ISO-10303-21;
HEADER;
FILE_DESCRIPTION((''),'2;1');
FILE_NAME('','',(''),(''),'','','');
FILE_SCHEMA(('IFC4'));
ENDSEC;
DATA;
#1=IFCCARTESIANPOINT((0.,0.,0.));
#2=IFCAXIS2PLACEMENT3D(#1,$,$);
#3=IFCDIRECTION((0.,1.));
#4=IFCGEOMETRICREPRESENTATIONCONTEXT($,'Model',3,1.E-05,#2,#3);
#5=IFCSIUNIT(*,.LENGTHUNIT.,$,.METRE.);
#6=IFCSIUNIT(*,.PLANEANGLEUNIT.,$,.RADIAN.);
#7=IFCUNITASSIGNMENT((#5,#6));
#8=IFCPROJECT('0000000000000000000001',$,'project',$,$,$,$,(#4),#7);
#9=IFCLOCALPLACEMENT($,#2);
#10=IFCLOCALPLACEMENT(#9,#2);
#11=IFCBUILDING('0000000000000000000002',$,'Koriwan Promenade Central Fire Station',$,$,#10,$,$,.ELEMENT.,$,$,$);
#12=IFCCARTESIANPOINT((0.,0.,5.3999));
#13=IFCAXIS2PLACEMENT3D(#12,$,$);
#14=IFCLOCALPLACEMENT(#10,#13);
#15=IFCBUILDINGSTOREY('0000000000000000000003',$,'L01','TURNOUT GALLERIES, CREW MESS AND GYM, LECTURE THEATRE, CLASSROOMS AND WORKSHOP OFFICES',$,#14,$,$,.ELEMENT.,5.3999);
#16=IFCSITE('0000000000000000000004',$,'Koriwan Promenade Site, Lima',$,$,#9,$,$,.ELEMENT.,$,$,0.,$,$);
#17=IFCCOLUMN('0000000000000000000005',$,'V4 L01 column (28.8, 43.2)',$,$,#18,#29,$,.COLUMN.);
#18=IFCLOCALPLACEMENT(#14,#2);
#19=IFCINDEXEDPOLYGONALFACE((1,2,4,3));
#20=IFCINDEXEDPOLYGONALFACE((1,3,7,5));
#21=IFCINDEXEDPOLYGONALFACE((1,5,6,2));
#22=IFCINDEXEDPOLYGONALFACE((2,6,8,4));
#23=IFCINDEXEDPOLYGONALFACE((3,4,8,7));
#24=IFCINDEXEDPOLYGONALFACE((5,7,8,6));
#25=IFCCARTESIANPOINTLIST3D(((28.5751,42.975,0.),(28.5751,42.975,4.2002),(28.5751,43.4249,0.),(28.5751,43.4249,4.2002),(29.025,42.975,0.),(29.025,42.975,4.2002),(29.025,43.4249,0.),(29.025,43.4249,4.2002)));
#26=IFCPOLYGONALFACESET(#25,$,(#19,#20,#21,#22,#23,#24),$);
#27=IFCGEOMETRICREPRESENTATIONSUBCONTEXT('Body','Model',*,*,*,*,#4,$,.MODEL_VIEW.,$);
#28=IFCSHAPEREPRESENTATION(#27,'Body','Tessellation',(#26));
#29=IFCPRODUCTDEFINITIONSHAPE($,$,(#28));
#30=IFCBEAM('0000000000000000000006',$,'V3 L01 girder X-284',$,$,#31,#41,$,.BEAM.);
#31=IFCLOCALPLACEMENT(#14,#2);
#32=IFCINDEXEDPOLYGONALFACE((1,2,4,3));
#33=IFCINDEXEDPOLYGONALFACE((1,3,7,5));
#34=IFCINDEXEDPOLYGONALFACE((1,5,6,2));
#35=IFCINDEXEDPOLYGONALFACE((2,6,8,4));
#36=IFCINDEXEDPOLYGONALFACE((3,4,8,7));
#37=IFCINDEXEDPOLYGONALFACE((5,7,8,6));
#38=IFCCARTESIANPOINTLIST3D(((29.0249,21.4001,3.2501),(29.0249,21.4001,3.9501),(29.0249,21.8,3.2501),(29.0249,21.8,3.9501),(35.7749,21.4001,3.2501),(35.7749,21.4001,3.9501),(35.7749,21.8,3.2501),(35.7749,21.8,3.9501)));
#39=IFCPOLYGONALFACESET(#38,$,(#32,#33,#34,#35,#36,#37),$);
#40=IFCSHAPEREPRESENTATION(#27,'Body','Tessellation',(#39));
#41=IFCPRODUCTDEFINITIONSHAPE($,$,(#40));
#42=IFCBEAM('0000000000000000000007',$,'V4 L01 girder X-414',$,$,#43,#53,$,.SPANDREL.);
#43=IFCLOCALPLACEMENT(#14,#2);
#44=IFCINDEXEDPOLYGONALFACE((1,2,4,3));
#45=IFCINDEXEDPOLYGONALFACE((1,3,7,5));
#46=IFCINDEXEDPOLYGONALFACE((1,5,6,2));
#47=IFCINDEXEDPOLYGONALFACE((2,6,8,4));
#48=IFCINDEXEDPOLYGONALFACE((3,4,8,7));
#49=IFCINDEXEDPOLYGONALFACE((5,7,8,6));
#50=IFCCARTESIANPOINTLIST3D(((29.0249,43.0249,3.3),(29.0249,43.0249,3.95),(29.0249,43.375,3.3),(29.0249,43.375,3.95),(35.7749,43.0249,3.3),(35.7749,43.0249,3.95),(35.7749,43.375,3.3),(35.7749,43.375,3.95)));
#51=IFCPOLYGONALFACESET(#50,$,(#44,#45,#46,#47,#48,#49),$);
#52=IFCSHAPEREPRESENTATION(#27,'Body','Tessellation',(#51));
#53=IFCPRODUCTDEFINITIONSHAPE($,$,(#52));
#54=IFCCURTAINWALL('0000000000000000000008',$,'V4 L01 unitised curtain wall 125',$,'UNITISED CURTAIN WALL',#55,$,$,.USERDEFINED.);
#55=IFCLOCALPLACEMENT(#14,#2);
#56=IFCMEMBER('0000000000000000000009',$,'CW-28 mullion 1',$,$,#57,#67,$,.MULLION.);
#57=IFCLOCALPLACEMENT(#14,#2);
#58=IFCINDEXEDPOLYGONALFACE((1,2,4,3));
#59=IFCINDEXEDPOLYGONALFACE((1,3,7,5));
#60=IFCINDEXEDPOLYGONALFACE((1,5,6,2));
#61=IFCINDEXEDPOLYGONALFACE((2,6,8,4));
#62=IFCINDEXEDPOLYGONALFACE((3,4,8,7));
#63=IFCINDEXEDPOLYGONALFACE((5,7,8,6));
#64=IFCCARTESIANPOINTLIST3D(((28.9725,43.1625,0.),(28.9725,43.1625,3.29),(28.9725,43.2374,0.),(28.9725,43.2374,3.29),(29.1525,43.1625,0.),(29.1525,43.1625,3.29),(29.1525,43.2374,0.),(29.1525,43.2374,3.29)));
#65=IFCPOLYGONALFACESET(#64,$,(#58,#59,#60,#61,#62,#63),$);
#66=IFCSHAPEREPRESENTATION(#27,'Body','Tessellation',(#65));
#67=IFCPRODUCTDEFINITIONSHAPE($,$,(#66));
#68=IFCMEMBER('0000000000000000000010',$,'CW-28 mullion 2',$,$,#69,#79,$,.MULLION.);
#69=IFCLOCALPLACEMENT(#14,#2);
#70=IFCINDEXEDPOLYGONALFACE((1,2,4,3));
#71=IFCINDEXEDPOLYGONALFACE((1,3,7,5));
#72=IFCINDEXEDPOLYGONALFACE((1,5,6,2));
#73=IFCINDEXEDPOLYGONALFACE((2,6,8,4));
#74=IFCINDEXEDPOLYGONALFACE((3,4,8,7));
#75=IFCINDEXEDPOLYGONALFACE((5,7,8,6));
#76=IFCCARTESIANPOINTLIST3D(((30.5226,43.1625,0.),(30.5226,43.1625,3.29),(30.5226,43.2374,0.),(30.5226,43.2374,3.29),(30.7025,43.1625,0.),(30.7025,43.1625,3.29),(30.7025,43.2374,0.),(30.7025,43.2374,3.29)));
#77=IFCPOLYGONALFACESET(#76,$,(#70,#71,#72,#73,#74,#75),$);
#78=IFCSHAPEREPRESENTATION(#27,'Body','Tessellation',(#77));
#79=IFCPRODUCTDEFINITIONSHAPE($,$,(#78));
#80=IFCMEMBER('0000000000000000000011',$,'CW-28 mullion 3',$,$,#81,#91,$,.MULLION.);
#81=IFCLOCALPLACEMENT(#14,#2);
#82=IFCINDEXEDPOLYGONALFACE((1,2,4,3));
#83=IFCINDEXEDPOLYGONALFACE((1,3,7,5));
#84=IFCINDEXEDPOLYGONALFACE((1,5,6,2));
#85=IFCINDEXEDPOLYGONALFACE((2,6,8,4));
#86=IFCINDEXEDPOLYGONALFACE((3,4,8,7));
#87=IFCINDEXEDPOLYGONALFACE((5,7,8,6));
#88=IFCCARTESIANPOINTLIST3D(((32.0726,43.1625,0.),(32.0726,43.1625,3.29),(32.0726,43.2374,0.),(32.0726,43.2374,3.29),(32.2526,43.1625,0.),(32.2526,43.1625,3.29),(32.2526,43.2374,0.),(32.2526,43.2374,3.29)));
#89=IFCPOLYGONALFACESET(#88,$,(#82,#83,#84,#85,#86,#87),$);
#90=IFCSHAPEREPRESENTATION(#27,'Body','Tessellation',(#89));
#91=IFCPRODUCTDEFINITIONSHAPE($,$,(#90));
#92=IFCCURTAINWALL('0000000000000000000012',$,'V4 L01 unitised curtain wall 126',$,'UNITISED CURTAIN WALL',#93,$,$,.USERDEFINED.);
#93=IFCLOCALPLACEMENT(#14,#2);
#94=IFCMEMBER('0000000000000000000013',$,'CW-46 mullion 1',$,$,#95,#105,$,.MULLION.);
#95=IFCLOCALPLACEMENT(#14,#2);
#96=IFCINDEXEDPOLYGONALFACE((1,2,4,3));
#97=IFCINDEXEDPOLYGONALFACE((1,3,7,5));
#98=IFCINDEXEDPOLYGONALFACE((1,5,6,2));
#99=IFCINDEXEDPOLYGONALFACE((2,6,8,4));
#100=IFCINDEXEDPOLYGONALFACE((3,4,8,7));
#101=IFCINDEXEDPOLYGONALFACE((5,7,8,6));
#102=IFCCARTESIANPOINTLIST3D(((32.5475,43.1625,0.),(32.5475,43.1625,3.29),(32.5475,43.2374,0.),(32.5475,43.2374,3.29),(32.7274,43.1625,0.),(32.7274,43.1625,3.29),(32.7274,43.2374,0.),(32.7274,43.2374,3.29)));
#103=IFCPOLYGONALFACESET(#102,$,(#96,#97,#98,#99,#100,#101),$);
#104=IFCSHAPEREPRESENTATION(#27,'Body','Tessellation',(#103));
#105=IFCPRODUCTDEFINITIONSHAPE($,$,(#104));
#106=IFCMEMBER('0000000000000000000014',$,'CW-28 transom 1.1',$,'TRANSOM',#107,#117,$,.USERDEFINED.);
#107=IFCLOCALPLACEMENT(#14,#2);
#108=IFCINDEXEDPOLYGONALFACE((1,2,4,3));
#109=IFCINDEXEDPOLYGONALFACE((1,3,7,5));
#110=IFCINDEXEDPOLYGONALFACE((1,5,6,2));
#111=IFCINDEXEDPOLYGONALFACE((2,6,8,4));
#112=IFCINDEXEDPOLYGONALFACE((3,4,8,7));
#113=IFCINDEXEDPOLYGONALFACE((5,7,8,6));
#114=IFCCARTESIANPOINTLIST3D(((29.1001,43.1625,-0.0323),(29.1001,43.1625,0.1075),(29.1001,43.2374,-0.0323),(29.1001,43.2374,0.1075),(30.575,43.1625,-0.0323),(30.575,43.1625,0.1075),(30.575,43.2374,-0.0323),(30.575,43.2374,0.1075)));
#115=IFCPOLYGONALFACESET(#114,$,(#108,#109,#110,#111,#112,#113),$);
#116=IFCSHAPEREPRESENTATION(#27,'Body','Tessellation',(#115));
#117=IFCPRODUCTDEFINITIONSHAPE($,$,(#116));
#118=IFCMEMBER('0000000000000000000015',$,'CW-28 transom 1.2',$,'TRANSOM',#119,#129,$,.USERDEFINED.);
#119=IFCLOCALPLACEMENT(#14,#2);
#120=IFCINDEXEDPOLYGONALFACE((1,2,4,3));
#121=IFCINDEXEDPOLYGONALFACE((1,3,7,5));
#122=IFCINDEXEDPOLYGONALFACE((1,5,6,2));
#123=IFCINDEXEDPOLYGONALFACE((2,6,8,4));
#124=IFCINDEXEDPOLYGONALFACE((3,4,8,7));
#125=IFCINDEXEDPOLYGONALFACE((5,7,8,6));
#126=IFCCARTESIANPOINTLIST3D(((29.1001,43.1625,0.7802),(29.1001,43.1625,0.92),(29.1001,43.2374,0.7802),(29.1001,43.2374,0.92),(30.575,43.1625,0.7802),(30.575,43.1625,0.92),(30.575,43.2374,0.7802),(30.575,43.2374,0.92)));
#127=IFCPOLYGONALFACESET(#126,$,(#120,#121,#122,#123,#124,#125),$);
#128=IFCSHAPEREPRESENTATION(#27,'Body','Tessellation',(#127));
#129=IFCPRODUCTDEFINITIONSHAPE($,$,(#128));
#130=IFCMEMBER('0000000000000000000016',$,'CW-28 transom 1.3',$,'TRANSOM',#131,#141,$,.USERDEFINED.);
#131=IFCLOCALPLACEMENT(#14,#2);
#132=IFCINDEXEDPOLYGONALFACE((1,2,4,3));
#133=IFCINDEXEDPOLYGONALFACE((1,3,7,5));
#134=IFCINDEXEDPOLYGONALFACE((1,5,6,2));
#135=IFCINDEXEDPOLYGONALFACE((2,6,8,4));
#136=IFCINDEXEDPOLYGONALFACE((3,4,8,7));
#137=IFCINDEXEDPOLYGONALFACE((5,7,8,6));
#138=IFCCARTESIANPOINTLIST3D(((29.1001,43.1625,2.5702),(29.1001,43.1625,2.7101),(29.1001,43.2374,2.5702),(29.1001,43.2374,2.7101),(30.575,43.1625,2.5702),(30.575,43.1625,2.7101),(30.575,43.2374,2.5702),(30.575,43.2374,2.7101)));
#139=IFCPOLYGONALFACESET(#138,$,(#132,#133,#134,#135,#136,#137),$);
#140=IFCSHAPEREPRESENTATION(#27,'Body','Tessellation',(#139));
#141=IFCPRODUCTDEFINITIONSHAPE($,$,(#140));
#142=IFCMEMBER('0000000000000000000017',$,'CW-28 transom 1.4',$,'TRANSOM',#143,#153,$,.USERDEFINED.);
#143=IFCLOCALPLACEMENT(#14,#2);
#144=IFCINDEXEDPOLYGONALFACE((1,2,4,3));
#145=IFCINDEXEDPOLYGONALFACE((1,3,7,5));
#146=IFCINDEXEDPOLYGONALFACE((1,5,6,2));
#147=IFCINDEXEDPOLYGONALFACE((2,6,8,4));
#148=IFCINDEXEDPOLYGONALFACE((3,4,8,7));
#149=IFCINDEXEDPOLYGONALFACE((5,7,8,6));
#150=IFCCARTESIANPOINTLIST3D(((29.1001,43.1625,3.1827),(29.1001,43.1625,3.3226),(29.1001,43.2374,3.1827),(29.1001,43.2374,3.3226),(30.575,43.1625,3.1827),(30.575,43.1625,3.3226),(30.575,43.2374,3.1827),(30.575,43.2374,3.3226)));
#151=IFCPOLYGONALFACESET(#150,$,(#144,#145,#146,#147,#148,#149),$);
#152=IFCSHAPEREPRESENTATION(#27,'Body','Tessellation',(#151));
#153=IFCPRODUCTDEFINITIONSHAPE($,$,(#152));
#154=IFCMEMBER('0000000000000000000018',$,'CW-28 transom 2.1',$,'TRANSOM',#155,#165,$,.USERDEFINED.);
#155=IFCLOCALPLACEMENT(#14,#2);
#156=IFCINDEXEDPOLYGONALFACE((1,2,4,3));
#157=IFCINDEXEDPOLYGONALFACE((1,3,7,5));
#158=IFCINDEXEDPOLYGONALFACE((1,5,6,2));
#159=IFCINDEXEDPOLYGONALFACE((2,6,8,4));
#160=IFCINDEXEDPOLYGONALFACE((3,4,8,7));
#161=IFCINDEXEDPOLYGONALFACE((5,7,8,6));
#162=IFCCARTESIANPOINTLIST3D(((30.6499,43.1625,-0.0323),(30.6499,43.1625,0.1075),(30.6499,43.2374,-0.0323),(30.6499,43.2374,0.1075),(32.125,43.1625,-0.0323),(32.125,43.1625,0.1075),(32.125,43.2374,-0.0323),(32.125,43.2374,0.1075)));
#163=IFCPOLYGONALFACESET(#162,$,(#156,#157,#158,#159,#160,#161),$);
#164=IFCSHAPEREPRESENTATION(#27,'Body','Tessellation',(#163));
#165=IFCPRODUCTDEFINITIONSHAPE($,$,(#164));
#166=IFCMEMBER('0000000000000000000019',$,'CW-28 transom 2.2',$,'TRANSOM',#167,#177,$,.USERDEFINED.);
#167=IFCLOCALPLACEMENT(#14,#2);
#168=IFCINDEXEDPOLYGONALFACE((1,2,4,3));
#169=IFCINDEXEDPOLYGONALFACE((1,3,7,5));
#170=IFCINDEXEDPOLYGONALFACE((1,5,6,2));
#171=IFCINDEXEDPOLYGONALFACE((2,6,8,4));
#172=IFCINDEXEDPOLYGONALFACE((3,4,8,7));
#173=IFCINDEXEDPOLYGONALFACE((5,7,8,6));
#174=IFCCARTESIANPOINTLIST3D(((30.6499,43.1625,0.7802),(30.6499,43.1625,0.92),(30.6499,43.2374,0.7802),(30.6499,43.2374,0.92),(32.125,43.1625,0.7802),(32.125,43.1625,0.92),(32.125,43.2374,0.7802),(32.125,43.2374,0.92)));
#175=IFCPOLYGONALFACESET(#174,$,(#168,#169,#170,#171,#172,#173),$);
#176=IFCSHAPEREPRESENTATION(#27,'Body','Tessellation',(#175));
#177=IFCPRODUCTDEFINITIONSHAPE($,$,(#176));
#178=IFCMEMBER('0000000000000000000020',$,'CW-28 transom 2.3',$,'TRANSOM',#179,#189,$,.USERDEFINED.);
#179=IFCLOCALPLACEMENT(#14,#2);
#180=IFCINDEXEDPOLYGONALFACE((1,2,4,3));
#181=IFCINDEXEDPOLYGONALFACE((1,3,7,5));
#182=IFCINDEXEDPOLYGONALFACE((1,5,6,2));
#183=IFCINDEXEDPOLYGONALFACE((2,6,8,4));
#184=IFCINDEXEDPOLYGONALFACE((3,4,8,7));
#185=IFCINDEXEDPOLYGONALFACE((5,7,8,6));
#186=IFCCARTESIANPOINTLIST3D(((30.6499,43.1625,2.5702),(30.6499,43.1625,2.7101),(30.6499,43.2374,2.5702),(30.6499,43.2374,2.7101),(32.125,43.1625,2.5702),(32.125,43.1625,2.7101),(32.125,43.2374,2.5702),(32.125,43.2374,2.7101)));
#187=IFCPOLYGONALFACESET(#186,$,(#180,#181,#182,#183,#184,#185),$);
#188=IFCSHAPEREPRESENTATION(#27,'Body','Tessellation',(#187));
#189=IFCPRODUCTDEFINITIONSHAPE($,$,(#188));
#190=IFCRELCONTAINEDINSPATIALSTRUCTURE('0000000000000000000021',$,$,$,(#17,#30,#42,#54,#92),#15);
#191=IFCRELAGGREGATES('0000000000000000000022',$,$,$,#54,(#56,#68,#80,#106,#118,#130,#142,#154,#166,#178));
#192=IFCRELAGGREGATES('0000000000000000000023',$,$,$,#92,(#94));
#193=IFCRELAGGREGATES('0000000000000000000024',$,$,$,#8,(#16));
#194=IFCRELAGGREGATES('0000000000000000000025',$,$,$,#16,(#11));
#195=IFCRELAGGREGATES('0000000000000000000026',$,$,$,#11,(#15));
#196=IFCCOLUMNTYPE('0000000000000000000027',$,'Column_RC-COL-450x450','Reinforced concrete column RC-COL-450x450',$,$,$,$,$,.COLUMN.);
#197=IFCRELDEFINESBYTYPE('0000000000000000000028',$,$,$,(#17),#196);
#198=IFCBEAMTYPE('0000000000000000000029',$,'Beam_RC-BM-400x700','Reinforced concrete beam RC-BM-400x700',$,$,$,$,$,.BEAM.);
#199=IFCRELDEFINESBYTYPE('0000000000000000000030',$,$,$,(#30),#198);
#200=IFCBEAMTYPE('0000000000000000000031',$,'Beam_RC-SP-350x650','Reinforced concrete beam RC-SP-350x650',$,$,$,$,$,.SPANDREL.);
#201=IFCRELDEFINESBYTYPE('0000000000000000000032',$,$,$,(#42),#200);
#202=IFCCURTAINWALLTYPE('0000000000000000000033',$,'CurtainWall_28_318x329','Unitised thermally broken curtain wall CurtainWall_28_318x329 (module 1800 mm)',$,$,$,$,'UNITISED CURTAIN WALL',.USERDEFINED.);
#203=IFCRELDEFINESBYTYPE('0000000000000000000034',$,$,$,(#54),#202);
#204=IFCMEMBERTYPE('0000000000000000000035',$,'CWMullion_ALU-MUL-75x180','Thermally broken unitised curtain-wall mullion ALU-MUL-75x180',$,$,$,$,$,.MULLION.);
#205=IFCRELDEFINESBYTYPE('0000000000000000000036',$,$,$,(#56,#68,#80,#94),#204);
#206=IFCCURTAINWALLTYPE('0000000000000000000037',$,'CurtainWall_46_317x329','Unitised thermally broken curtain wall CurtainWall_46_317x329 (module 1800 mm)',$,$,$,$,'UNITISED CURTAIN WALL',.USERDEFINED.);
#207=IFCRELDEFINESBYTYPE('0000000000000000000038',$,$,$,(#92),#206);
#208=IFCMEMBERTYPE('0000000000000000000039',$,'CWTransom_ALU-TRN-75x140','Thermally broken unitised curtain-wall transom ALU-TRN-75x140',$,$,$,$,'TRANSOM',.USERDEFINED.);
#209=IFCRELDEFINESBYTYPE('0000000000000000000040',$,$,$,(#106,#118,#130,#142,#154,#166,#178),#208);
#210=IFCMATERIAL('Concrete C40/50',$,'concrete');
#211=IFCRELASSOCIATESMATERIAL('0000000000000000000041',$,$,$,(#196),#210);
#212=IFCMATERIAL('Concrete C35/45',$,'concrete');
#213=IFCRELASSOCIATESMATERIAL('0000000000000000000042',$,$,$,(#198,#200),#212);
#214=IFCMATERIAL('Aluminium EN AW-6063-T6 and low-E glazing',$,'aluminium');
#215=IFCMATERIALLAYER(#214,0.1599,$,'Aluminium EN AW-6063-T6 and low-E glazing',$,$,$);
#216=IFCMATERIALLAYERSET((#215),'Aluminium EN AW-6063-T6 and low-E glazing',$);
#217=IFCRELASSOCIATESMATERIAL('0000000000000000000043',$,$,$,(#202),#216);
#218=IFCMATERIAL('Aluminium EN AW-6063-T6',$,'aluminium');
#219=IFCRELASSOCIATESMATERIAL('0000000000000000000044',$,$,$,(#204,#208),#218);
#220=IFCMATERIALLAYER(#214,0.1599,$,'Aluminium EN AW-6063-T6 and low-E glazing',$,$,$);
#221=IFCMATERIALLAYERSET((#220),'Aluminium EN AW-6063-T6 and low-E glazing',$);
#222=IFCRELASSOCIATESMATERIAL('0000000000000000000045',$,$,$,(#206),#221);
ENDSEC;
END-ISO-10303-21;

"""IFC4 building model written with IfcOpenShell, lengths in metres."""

from ifc_helpers import new_model, si_unit, direction, frame, origin, origin_2d, place, context, subcontext, project, spatial, rectangle, extrude, material, layer, layer_set, material_profile, profile_set, type_object, element, aggregate, save


model = new_model("IFC4")

# Units and contexts
model_context = context("Model", 3, precision=1e-05, world=origin(), true_north=direction((0.0, 1.0)))
body_context = subcontext(model_context, "Body", "Model", "MODEL_VIEW")
ifc_project = project(units=[si_unit("LENGTHUNIT", "METRE"), si_unit("PLANEANGLEUNIT", "RADIAN")], contexts=[model_context])

# Site, building, storey
site_placement = place(None, origin())
site = spatial("IfcSite", under=ifc_project, at=site_placement, Name="Koriwan Promenade Site, Lima", CompositionType="ELEMENT", RefElevation=0.0)
building_placement = place(site_placement, origin())
building = spatial("IfcBuilding", under=site, at=building_placement, Name="Koriwan Promenade Central Fire Station", CompositionType="ELEMENT")
storey_placement = place(building_placement, frame((0.0, 0.0, 5.3999)))
storey = spatial("IfcBuildingStorey", under=building, at=storey_placement, Name="L01", Description="TURNOUT GALLERIES, CREW MESS AND GYM, LECTURE THEATRE, CLASSROOMS AND WORKSHOP OFFICES", CompositionType="ELEMENT", Elevation=5.3999)

# Column
ifc_material_1 = material(Name="Concrete C40/50", Category="concrete")
ifc_material_profile_1 = material_profile(ifc_material_1, rectangle(XDim=0.45, YDim=0.45, at=origin_2d()), Name="RC-COL-450x450")
ifc_profile_set_1 = profile_set([ifc_material_profile_1], Name="Concrete C40/50")
column_type = type_object("IfcColumnType", Name="Column_RC-COL-450x450", Description="Reinforced concrete column RC-COL-450x450", PredefinedType="COLUMN", material=ifc_profile_set_1)
column_placement = place(storey_placement, frame((28.8, 43.2, 0.0), z_axis=(0.0, 0.0, 1.0), x_axis=(1.0, 0.0, 0.0)))
element("IfcColumn", 1, at=column_placement, inside=storey, type_object=column_type, Name="V4 L01 column (28.8, 43.2)", PredefinedType="COLUMN", context=body_context, shape_type="SweptSolid", body=[
    extrude(rectangle(XDim=0.45, YDim=0.45, at=origin_2d()), origin(), (0.0, 0.0, 1.0), 4.2002),
])

# Beams
ifc_material_2 = material(Name="Concrete C35/45", Category="concrete")
ifc_material_profile_2 = material_profile(ifc_material_2, rectangle(XDim=0.3999, YDim=0.7, at=origin_2d()), Name="RC-BM-400x700")
ifc_profile_set_2 = profile_set([ifc_material_profile_2], Name="Concrete C35/45")
beam_type_1 = type_object("IfcBeamType", Name="Beam_RC-BM-400x700", Description="Reinforced concrete beam RC-BM-400x700", PredefinedType="BEAM", material=ifc_profile_set_2)
beam_1_placement = place(storey_placement, frame((29.0249, 21.6001, 3.6001), z_axis=(1.0, 0.0, 0.0), x_axis=(0.0, 1.0, 0.0)))
element("IfcBeam", 2, at=beam_1_placement, inside=storey, type_object=beam_type_1, Name="V3 L01 girder X-284", PredefinedType="BEAM", context=body_context, shape_type="SweptSolid", body=[
    extrude(rectangle(XDim=0.3999, YDim=0.7, at=origin_2d()), origin(), (0.0, 0.0, 1.0), 6.75),
])
ifc_material_profile_3 = material_profile(ifc_material_2, rectangle(XDim=0.3501, YDim=0.6499, at=origin_2d()), Name="RC-SP-350x650")
ifc_profile_set_3 = profile_set([ifc_material_profile_3], Name="Concrete C35/45")
beam_type_2 = type_object("IfcBeamType", Name="Beam_RC-SP-350x650", Description="Reinforced concrete beam RC-SP-350x650", PredefinedType="SPANDREL", material=ifc_profile_set_3)
beam_2_placement = place(storey_placement, frame((29.0249, 43.2, 3.625), z_axis=(1.0, 0.0, 0.0), x_axis=(0.0, 1.0, 0.0)))
element("IfcBeam", 3, at=beam_2_placement, inside=storey, type_object=beam_type_2, Name="V4 L01 girder X-414", PredefinedType="SPANDREL", context=body_context, shape_type="SweptSolid", body=[
    extrude(rectangle(XDim=0.3501, YDim=0.6499, at=origin_2d()), origin(), (0.0, 0.0, 1.0), 6.75),
])

# Curtain wall, members
ifc_material_3 = material(Name="Aluminium EN AW-6063-T6 and low-E glazing", Category="aluminium")
ifc_layer_1 = layer(ifc_material_3, 0.1599, Name="Aluminium EN AW-6063-T6 and low-E glazing")
ifc_layer_set_1 = layer_set([ifc_layer_1], Name="Aluminium EN AW-6063-T6 and low-E glazing")
curtain_wall_type_1 = type_object("IfcCurtainWallType", Name="CurtainWall_28_318x329", Description="Unitised thermally broken curtain wall CurtainWall_28_318x329 (module 1800 mm)", ElementType="UNITISED CURTAIN WALL", PredefinedType="USERDEFINED", material=ifc_layer_set_1)
curtain_wall_1_placement = place(storey_placement, origin())
curtain_wall_1 = element("IfcCurtainWall", 4, at=curtain_wall_1_placement, inside=storey, type_object=curtain_wall_type_1, Name="V4 L01 unitised curtain wall 125", ObjectType="UNITISED CURTAIN WALL", PredefinedType="USERDEFINED")
ifc_material_4 = material(Name="Aluminium EN AW-6063-T6", Category="aluminium")
ifc_material_profile_4 = material_profile(ifc_material_4, rectangle(XDim=0.075, YDim=0.1799, at=origin_2d()), Name="ALU-MUL-75x180")
ifc_profile_set_4 = profile_set([ifc_material_profile_4], Name="Aluminium EN AW-6063-T6")
member_type_1 = type_object("IfcMemberType", Name="CWMullion_ALU-MUL-75x180", Description="Thermally broken unitised curtain-wall mullion ALU-MUL-75x180", PredefinedType="MULLION", material=ifc_profile_set_4)
member_1_placement = place(storey_placement, frame((29.0625, 43.2, 0.0), z_axis=(0.0, 0.0, 1.0), x_axis=(0.0, 1.0, 0.0)))
member_1 = element("IfcMember", 5, at=member_1_placement, type_object=member_type_1, Name="CW-28 mullion 1", PredefinedType="MULLION", context=body_context, shape_type="SweptSolid", body=[
    extrude(rectangle(XDim=0.075, YDim=0.1799, at=origin_2d()), origin(), (0.0, 0.0, 1.0), 3.29),
])
member_2_placement = place(storey_placement, frame((30.6125, 43.2, 0.0), z_axis=(0.0, 0.0, 1.0), x_axis=(0.0, 1.0, 0.0)))
member_2 = element("IfcMember", 6, at=member_2_placement, type_object=member_type_1, Name="CW-28 mullion 2", PredefinedType="MULLION", context=body_context, shape_type="SweptSolid", body=[
    extrude(rectangle(XDim=0.075, YDim=0.1799, at=origin_2d()), origin(), (0.0, 0.0, 1.0), 3.29),
])
member_3_placement = place(storey_placement, frame((32.1626, 43.2, 0.0), z_axis=(0.0, 0.0, 1.0), x_axis=(0.0, 1.0, 0.0)))
member_3 = element("IfcMember", 7, at=member_3_placement, type_object=member_type_1, Name="CW-28 mullion 3", PredefinedType="MULLION", context=body_context, shape_type="SweptSolid", body=[
    extrude(rectangle(XDim=0.075, YDim=0.1799, at=origin_2d()), origin(), (0.0, 0.0, 1.0), 3.29),
])

# Curtain wall, member
ifc_layer_2 = layer(ifc_material_3, 0.1599, Name="Aluminium EN AW-6063-T6 and low-E glazing")
ifc_layer_set_2 = layer_set([ifc_layer_2], Name="Aluminium EN AW-6063-T6 and low-E glazing")
curtain_wall_type_2 = type_object("IfcCurtainWallType", Name="CurtainWall_46_317x329", Description="Unitised thermally broken curtain wall CurtainWall_46_317x329 (module 1800 mm)", ElementType="UNITISED CURTAIN WALL", PredefinedType="USERDEFINED", material=ifc_layer_set_2)
curtain_wall_2_placement = place(storey_placement, origin())
curtain_wall_2 = element("IfcCurtainWall", 8, at=curtain_wall_2_placement, inside=storey, type_object=curtain_wall_type_2, Name="V4 L01 unitised curtain wall 126", ObjectType="UNITISED CURTAIN WALL", PredefinedType="USERDEFINED")
member_4_placement = place(storey_placement, frame((32.6375, 43.2, 0.0), z_axis=(0.0, 0.0, 1.0), x_axis=(0.0, 1.0, 0.0)))
member_4 = element("IfcMember", 9, at=member_4_placement, type_object=member_type_1, Name="CW-46 mullion 1", PredefinedType="MULLION", context=body_context, shape_type="SweptSolid", body=[
    extrude(rectangle(XDim=0.075, YDim=0.1799, at=origin_2d()), origin(), (0.0, 0.0, 1.0), 3.29),
])

# Members
ifc_material_profile_5 = material_profile(ifc_material_4, rectangle(XDim=0.075, YDim=0.1399, at=origin_2d()), Name="ALU-TRN-75x140")
ifc_profile_set_5 = profile_set([ifc_material_profile_5], Name="Aluminium EN AW-6063-T6")
member_type_2 = type_object("IfcMemberType", Name="CWTransom_ALU-TRN-75x140", Description="Thermally broken unitised curtain-wall transom ALU-TRN-75x140", ElementType="TRANSOM", PredefinedType="USERDEFINED", material=ifc_profile_set_5)
member_5_placement = place(storey_placement, frame((29.1001, 43.2, 0.0376), z_axis=(1.0, 0.0, 0.0), x_axis=(0.0, 1.0, 0.0)))
member_5 = element("IfcMember", 10, at=member_5_placement, type_object=member_type_2, Name="CW-28 transom 1.1", ObjectType="TRANSOM", PredefinedType="USERDEFINED", context=body_context, shape_type="SweptSolid", body=[
    extrude(rectangle(XDim=0.075, YDim=0.1399, at=origin_2d()), origin(), (0.0, 0.0, 1.0), 1.4749),
])
member_6_placement = place(storey_placement, frame((29.1001, 43.2, 0.8501), z_axis=(1.0, 0.0, 0.0), x_axis=(0.0, 1.0, 0.0)))
member_6 = element("IfcMember", 11, at=member_6_placement, type_object=member_type_2, Name="CW-28 transom 1.2", ObjectType="TRANSOM", PredefinedType="USERDEFINED", context=body_context, shape_type="SweptSolid", body=[
    extrude(rectangle(XDim=0.075, YDim=0.1399, at=origin_2d()), origin(), (0.0, 0.0, 1.0), 1.4749),
])
member_7_placement = place(storey_placement, frame((29.1001, 43.2, 2.6401), z_axis=(1.0, 0.0, 0.0), x_axis=(0.0, 1.0, 0.0)))
member_7 = element("IfcMember", 12, at=member_7_placement, type_object=member_type_2, Name="CW-28 transom 1.3", ObjectType="TRANSOM", PredefinedType="USERDEFINED", context=body_context, shape_type="SweptSolid", body=[
    extrude(rectangle(XDim=0.075, YDim=0.1399, at=origin_2d()), origin(), (0.0, 0.0, 1.0), 1.4749),
])
member_8_placement = place(storey_placement, frame((29.1001, 43.2, 3.2527), z_axis=(1.0, 0.0, 0.0), x_axis=(0.0, 1.0, 0.0)))
member_8 = element("IfcMember", 13, at=member_8_placement, type_object=member_type_2, Name="CW-28 transom 1.4", ObjectType="TRANSOM", PredefinedType="USERDEFINED", context=body_context, shape_type="SweptSolid", body=[
    extrude(rectangle(XDim=0.075, YDim=0.1399, at=origin_2d()), origin(), (0.0, 0.0, 1.0), 1.4749),
])
member_9_placement = place(storey_placement, frame((30.6499, 43.2, 0.0376), z_axis=(1.0, 0.0, 0.0), x_axis=(0.0, 1.0, 0.0)))
member_9 = element("IfcMember", 14, at=member_9_placement, type_object=member_type_2, Name="CW-28 transom 2.1", ObjectType="TRANSOM", PredefinedType="USERDEFINED", context=body_context, shape_type="SweptSolid", body=[
    extrude(rectangle(XDim=0.075, YDim=0.1399, at=origin_2d()), origin(), (0.0, 0.0, 1.0), 1.4751),
])
member_10_placement = place(storey_placement, frame((30.6499, 43.2, 0.8501), z_axis=(1.0, 0.0, 0.0), x_axis=(0.0, 1.0, 0.0)))
member_10 = element("IfcMember", 15, at=member_10_placement, type_object=member_type_2, Name="CW-28 transom 2.2", ObjectType="TRANSOM", PredefinedType="USERDEFINED", context=body_context, shape_type="SweptSolid", body=[
    extrude(rectangle(XDim=0.075, YDim=0.1399, at=origin_2d()), origin(), (0.0, 0.0, 1.0), 1.4751),
])
member_11_placement = place(storey_placement, frame((30.6499, 43.2, 2.6401), z_axis=(1.0, 0.0, 0.0), x_axis=(0.0, 1.0, 0.0)))
member_11 = element("IfcMember", 16, at=member_11_placement, type_object=member_type_2, Name="CW-28 transom 2.3", ObjectType="TRANSOM", PredefinedType="USERDEFINED", context=body_context, shape_type="SweptSolid", body=[
    extrude(rectangle(XDim=0.075, YDim=0.1399, at=origin_2d()), origin(), (0.0, 0.0, 1.0), 1.4751),
])

aggregate(curtain_wall_1, [member_1, member_2, member_3, member_5, member_6, member_7, member_8, member_9, member_10, member_11])
aggregate(curtain_wall_2, [member_4])

save(model, "model.ifc")
